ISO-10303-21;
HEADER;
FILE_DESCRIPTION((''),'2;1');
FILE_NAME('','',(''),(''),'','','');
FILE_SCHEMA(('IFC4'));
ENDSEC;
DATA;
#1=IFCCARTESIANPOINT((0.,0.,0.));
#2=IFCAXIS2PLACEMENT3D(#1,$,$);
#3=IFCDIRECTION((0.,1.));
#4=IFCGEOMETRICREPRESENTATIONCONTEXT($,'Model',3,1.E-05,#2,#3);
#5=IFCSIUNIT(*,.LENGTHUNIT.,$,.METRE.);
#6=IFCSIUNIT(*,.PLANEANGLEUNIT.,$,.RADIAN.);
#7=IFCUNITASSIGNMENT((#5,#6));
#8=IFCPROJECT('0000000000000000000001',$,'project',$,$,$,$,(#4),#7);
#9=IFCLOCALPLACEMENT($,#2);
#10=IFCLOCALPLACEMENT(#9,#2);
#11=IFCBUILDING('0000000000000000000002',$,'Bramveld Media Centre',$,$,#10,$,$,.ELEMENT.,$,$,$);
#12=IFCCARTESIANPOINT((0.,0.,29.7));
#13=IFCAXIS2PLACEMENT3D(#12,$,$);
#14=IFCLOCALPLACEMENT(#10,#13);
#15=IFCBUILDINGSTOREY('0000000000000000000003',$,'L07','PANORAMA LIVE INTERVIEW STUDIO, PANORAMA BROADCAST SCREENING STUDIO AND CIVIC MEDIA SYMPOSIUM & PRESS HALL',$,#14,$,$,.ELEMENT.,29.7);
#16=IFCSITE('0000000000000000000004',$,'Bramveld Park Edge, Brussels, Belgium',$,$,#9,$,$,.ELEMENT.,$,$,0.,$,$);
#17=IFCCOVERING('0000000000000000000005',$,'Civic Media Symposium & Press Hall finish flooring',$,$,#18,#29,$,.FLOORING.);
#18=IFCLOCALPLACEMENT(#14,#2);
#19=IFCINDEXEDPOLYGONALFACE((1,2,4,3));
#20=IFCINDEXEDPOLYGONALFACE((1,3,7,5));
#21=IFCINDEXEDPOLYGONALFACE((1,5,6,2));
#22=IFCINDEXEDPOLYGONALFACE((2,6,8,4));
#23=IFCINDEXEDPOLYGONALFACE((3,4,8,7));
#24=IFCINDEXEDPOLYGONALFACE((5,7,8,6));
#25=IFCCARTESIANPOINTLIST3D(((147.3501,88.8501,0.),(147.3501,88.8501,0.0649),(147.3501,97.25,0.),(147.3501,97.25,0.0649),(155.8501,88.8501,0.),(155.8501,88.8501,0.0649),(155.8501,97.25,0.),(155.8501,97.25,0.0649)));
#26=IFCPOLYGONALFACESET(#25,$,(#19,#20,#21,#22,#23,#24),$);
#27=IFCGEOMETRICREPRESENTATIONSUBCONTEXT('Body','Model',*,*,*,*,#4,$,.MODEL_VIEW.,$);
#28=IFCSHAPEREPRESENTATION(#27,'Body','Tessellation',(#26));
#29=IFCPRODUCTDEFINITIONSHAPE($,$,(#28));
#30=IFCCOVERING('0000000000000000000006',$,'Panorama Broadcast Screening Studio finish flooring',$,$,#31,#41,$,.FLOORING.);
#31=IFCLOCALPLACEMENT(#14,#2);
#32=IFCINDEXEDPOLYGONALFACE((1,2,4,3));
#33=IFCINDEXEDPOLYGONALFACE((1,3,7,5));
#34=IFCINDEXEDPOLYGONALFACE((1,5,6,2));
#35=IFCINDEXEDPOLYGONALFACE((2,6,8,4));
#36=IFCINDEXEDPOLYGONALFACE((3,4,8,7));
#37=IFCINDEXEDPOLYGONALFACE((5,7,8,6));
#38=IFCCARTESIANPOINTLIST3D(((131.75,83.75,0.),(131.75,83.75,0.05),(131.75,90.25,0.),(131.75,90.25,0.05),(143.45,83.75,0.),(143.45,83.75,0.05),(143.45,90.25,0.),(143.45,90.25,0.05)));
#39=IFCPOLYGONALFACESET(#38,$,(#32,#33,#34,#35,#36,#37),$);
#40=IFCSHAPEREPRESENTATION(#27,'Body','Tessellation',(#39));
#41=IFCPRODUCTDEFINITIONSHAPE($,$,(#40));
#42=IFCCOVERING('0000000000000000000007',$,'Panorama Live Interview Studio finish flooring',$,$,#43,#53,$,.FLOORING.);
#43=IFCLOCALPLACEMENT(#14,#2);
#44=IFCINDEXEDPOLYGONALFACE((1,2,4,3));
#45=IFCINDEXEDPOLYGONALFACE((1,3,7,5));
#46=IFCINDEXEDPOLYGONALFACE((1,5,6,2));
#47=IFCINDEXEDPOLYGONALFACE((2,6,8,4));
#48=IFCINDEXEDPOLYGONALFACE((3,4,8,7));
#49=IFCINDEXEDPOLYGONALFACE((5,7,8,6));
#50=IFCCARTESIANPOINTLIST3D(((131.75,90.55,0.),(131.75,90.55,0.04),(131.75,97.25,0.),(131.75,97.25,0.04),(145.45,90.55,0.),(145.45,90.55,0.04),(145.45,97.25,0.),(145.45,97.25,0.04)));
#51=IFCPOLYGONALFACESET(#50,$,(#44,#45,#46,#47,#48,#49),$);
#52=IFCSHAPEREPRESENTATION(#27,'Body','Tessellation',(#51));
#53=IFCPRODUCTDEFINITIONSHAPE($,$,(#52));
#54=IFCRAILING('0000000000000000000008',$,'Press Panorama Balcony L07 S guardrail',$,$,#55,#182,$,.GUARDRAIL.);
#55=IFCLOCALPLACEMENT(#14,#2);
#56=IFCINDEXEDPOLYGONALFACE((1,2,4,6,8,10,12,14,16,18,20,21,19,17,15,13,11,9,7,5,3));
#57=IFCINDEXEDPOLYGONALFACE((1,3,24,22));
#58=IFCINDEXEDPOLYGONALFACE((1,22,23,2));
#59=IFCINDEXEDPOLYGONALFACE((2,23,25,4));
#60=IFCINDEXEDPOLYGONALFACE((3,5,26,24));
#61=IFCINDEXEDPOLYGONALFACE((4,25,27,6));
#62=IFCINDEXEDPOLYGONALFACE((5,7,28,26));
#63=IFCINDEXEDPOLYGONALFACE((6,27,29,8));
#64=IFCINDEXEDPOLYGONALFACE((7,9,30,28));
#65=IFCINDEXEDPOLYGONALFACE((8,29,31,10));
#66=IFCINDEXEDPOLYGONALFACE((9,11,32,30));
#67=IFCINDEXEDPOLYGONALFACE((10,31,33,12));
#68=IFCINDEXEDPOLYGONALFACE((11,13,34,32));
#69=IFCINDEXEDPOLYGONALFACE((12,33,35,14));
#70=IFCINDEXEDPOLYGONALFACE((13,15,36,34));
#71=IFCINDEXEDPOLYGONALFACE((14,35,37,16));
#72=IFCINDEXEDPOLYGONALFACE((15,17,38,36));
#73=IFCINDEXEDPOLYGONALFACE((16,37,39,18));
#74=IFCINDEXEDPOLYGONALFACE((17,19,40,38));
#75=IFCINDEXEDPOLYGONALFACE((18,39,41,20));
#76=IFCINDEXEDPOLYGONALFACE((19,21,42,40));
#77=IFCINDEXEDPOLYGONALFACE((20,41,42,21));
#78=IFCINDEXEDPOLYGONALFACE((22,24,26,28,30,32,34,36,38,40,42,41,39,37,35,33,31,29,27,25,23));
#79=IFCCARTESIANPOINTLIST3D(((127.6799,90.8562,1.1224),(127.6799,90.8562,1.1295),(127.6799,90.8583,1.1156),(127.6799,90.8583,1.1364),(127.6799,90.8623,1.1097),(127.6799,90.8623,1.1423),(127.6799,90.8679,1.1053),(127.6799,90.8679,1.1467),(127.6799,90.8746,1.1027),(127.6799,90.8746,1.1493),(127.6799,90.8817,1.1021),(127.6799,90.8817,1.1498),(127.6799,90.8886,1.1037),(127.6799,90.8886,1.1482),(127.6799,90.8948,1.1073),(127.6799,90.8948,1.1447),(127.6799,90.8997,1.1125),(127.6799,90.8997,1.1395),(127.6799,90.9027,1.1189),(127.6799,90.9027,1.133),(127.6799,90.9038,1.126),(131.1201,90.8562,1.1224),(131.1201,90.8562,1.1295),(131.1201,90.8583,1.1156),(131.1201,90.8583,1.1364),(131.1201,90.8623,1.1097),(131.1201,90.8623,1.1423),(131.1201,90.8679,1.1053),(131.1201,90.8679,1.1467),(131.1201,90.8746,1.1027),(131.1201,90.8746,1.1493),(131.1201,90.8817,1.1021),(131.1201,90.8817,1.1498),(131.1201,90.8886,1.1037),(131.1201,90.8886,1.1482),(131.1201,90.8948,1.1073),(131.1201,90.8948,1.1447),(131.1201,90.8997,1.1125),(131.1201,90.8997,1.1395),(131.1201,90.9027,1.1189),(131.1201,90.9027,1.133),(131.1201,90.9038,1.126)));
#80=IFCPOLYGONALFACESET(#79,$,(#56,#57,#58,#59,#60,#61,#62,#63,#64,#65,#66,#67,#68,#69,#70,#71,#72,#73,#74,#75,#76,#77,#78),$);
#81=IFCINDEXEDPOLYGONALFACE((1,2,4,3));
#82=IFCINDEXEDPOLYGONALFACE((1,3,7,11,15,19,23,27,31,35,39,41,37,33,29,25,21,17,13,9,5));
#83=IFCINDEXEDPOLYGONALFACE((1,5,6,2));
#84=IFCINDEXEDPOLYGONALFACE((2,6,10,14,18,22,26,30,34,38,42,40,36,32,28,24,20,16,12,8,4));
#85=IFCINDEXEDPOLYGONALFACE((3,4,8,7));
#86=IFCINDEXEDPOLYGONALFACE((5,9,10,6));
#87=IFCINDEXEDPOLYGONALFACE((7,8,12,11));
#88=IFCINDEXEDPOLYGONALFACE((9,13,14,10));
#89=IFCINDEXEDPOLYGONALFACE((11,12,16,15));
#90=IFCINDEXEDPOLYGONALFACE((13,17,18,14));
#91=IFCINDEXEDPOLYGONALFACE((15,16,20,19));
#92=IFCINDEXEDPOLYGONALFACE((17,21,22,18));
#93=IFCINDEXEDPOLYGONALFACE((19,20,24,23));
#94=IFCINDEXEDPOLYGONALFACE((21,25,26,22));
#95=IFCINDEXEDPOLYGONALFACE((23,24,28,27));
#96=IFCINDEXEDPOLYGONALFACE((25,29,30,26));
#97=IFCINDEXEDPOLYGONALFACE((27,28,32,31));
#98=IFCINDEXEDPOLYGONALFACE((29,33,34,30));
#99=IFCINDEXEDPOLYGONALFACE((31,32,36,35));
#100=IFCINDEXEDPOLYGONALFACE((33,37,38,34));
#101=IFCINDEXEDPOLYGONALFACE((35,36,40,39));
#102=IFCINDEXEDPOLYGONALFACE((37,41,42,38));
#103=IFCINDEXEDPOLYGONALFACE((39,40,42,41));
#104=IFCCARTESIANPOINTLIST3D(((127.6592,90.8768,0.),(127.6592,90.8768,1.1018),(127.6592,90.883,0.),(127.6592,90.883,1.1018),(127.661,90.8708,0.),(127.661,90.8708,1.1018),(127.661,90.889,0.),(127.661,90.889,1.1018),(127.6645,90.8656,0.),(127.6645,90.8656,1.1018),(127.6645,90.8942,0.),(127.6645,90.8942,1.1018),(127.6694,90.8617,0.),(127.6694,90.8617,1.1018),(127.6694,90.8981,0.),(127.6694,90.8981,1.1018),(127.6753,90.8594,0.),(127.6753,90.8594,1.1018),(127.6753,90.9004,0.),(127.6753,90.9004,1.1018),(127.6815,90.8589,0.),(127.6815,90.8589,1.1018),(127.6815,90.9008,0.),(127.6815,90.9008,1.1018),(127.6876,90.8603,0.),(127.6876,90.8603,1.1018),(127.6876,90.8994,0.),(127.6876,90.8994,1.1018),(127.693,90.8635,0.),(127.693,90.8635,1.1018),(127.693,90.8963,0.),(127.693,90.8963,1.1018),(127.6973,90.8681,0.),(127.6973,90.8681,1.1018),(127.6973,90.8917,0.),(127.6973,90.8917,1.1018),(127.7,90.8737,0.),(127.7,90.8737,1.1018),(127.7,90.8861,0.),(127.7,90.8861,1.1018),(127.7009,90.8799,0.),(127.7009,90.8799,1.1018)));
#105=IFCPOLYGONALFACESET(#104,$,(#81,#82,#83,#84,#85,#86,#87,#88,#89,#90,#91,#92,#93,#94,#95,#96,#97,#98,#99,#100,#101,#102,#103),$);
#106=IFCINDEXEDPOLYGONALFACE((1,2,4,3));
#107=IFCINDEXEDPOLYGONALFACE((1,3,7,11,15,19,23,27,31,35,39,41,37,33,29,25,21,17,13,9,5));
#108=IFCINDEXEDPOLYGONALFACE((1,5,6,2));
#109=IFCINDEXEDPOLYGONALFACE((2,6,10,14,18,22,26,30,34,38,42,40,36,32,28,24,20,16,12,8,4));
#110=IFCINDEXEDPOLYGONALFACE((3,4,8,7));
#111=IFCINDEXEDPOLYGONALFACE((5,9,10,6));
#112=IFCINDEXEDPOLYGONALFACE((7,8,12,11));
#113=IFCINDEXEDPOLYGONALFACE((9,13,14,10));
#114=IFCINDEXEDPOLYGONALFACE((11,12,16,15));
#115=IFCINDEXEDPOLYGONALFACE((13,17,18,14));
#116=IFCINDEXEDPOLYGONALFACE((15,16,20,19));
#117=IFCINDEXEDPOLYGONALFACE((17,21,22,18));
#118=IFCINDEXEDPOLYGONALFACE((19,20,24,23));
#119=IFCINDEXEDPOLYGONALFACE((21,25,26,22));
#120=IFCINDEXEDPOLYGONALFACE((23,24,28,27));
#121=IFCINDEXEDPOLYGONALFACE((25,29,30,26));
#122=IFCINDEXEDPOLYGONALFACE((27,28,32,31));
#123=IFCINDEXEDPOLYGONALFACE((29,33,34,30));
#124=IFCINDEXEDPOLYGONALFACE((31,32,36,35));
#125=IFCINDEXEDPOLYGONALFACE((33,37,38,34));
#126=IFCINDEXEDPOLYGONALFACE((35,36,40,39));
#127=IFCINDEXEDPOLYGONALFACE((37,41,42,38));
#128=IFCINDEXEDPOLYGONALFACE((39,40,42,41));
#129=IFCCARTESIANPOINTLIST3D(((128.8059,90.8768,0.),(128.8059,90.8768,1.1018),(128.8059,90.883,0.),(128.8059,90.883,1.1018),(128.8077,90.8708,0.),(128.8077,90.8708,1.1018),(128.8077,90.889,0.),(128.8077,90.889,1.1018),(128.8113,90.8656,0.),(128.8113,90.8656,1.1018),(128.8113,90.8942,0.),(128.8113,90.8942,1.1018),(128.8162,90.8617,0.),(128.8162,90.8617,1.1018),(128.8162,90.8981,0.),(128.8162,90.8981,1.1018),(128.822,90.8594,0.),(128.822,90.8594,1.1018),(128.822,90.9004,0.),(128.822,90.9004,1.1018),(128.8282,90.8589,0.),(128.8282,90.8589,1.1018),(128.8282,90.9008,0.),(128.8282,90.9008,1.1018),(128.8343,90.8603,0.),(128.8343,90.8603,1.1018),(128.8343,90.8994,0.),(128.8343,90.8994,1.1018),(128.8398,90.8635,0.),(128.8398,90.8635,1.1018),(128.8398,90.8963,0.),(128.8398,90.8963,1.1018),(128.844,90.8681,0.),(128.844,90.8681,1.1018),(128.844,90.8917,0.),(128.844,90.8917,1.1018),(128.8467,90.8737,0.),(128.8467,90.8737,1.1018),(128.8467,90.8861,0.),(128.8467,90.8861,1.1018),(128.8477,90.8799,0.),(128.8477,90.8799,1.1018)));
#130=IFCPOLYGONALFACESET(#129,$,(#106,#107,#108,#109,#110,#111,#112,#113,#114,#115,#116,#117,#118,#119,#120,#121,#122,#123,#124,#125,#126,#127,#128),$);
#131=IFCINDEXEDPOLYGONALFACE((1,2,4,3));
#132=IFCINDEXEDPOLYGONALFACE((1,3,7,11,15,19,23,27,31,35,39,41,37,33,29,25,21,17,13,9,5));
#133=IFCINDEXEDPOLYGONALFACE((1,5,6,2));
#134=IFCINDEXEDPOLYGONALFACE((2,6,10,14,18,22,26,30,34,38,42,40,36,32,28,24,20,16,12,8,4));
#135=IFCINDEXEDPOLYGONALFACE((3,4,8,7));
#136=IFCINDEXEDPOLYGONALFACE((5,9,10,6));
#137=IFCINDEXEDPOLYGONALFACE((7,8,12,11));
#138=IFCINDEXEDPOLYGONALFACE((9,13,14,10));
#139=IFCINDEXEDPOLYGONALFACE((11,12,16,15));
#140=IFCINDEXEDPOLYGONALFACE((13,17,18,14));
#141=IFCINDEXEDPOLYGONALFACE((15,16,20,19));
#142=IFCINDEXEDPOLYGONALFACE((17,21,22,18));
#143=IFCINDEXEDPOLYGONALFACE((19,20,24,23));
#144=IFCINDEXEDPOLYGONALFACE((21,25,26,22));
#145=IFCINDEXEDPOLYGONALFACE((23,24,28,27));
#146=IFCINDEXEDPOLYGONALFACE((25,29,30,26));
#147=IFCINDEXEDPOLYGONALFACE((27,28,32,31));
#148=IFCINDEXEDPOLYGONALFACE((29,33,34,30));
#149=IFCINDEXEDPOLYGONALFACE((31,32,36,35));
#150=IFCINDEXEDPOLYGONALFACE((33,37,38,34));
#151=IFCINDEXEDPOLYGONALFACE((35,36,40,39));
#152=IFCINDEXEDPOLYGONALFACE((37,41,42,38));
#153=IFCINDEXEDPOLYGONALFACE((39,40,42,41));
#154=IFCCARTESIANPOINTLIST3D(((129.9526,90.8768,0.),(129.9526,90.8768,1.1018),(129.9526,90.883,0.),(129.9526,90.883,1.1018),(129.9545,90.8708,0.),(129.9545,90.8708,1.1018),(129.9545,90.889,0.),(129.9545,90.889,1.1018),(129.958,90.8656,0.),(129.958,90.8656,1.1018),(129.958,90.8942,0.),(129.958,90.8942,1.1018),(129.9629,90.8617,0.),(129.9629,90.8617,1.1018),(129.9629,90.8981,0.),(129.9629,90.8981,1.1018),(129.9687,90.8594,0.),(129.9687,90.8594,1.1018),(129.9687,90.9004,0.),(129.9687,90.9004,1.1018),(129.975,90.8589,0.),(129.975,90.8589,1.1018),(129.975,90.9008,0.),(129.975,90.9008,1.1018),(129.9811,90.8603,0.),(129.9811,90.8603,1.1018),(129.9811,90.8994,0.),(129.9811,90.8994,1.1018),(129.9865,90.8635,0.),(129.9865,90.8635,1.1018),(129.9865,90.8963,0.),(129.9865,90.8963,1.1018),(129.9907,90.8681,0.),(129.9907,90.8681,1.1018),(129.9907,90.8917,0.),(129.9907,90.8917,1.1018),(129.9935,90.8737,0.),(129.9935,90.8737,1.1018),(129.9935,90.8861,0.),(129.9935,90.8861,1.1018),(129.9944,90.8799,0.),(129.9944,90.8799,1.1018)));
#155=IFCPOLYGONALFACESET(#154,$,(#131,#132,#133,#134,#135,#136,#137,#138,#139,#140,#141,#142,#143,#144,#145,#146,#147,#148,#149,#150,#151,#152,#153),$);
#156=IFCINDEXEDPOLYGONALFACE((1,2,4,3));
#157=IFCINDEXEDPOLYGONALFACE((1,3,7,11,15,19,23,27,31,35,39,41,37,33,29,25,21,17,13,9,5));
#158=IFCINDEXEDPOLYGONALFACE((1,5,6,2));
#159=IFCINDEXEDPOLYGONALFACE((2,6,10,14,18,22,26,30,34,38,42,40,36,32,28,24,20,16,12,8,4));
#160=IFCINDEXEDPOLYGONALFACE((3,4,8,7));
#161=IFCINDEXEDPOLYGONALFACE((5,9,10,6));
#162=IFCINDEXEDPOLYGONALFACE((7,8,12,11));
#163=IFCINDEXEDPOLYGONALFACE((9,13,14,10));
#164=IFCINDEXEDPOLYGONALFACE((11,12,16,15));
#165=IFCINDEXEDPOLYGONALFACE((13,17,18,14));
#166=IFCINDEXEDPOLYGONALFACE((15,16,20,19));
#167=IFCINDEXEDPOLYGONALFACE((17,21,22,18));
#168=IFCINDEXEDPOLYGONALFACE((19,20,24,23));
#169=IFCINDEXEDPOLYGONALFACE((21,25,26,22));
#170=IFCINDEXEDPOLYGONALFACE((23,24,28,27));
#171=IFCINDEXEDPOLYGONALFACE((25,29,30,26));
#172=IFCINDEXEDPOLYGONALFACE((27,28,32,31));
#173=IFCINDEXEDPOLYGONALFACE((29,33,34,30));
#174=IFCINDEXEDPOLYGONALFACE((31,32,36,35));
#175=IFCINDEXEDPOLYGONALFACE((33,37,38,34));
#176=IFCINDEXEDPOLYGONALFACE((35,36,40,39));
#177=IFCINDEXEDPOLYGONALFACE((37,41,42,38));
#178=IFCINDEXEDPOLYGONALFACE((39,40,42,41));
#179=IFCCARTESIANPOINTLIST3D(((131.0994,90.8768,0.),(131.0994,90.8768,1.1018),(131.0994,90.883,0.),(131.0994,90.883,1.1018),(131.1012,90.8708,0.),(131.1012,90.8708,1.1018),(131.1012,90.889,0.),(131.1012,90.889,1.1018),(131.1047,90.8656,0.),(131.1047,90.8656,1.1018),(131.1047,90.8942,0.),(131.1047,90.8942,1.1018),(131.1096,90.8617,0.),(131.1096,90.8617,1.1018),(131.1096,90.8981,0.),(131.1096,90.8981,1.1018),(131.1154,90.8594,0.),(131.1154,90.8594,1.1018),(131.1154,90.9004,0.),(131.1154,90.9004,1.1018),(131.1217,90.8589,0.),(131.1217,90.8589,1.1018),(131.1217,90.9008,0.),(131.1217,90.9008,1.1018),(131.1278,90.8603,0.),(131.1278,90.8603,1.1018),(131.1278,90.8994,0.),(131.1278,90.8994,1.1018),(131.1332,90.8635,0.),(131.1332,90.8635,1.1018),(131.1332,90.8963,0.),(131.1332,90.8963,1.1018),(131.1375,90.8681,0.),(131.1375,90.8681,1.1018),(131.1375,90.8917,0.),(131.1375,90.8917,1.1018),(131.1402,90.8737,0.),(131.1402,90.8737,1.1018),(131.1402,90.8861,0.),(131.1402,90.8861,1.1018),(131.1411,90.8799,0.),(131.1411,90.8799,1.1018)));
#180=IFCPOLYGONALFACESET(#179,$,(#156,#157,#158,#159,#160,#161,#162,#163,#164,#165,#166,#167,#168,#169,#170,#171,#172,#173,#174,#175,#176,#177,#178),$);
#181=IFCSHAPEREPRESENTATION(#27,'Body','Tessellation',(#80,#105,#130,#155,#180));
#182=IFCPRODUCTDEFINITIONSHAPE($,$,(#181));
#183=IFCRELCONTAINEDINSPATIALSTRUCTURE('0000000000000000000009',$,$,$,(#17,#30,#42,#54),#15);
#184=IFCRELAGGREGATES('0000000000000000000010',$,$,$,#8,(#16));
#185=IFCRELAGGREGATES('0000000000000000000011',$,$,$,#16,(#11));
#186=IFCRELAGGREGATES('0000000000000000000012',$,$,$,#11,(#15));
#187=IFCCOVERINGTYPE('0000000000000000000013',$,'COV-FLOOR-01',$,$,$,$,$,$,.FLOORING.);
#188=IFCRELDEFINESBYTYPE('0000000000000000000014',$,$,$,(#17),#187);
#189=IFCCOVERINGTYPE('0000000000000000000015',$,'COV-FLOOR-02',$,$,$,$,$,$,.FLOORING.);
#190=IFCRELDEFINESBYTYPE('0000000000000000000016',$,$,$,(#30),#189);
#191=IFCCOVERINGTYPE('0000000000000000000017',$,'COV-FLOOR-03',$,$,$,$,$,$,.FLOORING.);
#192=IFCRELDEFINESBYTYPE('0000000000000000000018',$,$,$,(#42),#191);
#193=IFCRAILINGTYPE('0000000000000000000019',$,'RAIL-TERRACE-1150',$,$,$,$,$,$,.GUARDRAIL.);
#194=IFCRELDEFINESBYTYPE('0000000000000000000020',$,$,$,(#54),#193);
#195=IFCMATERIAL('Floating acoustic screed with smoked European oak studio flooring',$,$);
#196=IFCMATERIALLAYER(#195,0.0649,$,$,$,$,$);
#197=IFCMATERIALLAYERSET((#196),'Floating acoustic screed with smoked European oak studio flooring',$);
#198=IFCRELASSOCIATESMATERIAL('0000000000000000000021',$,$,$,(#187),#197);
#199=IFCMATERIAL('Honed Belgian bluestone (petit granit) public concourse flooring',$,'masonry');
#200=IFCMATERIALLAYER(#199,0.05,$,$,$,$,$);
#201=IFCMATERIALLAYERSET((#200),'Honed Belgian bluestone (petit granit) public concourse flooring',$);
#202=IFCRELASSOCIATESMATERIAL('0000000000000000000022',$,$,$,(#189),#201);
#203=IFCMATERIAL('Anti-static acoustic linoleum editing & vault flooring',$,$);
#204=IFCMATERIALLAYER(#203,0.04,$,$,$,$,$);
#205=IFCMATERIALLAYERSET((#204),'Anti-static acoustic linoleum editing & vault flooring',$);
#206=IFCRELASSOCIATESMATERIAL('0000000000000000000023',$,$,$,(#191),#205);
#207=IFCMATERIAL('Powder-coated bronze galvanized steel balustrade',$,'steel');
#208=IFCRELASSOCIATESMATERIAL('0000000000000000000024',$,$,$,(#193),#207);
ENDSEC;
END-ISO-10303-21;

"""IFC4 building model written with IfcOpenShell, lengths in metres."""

from ifc_helpers import new_model, si_unit, direction, frame, origin, origin_2d, place, context, subcontext, project, spatial, polyline, circle, outline, extrude, material, layer, layer_set, type_object, element, save


model = new_model("IFC4")

# Units and contexts
model_context = context("Model", 3, precision=1e-05, world=origin(), true_north=direction((0.0, 1.0)))
body_context = subcontext(model_context, "Body", "Model", "MODEL_VIEW")
ifc_project = project(units=[si_unit("LENGTHUNIT", "METRE"), si_unit("PLANEANGLEUNIT", "RADIAN")], contexts=[model_context])

# Site, building, storey
site_placement = place(None, origin())
site = spatial("IfcSite", under=ifc_project, at=site_placement, Name="Bramveld Park Edge, Brussels, Belgium", CompositionType="ELEMENT", RefElevation=0.0)
building_placement = place(site_placement, origin())
building = spatial("IfcBuilding", under=site, at=building_placement, Name="Bramveld Media Centre", CompositionType="ELEMENT")
storey_placement = place(building_placement, frame((0.0, 0.0, 29.7)))
storey = spatial("IfcBuildingStorey", under=building, at=storey_placement, Name="L07", Description="PANORAMA LIVE INTERVIEW STUDIO, PANORAMA BROADCAST SCREENING STUDIO AND CIVIC MEDIA SYMPOSIUM & PRESS HALL", CompositionType="ELEMENT", Elevation=29.7)

# Coverings
ifc_material_1 = material(Name="Floating acoustic screed with smoked European oak studio flooring")
ifc_layer_1 = layer(ifc_material_1, 0.0649)
ifc_layer_set_1 = layer_set([ifc_layer_1], Name="Floating acoustic screed with smoked European oak studio flooring")
covering_type_1 = type_object("IfcCoveringType", Name="COV-FLOOR-01", PredefinedType="FLOORING", material=ifc_layer_set_1)
covering_1_placement = place(storey_placement, origin())
element("IfcCovering", 1, at=covering_1_placement, inside=storey, type_object=covering_type_1, Name="Civic Media Symposium & Press Hall finish flooring", PredefinedType="FLOORING", context=body_context, shape_type="SweptSolid", body=[
    extrude(outline(polyline([(147.3501, 88.8501), (155.8501, 88.8501), (155.8501, 97.25), (147.3501, 97.25), (147.3501, 88.8501)])), origin(), (0.0, 0.0, 1.0), 0.0649),
])
ifc_material_2 = material(Name="Honed Belgian bluestone (petit granit) public concourse flooring", Category="masonry")
ifc_layer_2 = layer(ifc_material_2, 0.05)
ifc_layer_set_2 = layer_set([ifc_layer_2], Name="Honed Belgian bluestone (petit granit) public concourse flooring")
covering_type_2 = type_object("IfcCoveringType", Name="COV-FLOOR-02", PredefinedType="FLOORING", material=ifc_layer_set_2)
covering_2_placement = place(storey_placement, origin())
element("IfcCovering", 2, at=covering_2_placement, inside=storey, type_object=covering_type_2, Name="Panorama Broadcast Screening Studio finish flooring", PredefinedType="FLOORING", context=body_context, shape_type="SweptSolid", body=[
    extrude(outline(polyline([(131.75, 83.75), (143.45, 83.75), (143.45, 90.25), (131.75, 90.25), (131.75, 83.75)])), origin(), (0.0, 0.0, 1.0), 0.05),
])
ifc_material_3 = material(Name="Anti-static acoustic linoleum editing & vault flooring")
ifc_layer_3 = layer(ifc_material_3, 0.04)
ifc_layer_set_3 = layer_set([ifc_layer_3], Name="Anti-static acoustic linoleum editing & vault flooring")
covering_type_3 = type_object("IfcCoveringType", Name="COV-FLOOR-03", PredefinedType="FLOORING", material=ifc_layer_set_3)
covering_3_placement = place(storey_placement, origin())
element("IfcCovering", 3, at=covering_3_placement, inside=storey, type_object=covering_type_3, Name="Panorama Live Interview Studio finish flooring", PredefinedType="FLOORING", context=body_context, shape_type="SweptSolid", body=[
    extrude(outline(polyline([(131.75, 90.55), (145.45, 90.55), (145.45, 97.25), (131.75, 97.25), (131.75, 90.55)])), origin(), (0.0, 0.0, 1.0), 0.04),
])

# Railing
ifc_material_4 = material(Name="Powder-coated bronze galvanized steel balustrade", Category="steel")
railing_type = type_object("IfcRailingType", Name="RAIL-TERRACE-1150", PredefinedType="GUARDRAIL", material=ifc_material_4)
railing_1_placement = place(storey_placement, frame((127.6799, 90.8799, 0.0)))
element("IfcRailing", 4, at=railing_1_placement, inside=storey, type_object=railing_type, Name="Press Panorama Balcony L07 S guardrail", PredefinedType="GUARDRAIL", context=body_context, shape_type="SweptSolid", body=[
    extrude(circle(Radius=0.0239, at=origin_2d()), frame((0.0, 0.0, 1.126), z_axis=(1.0, 0.0, 0.0), x_axis=(0.0, 1.0, 0.0)), (0.0, 0.0, 1.0), 3.4402),
    extrude(circle(Radius=0.021, at=origin_2d()), origin(), (0.0, 0.0, 1.0), 1.1018),
    extrude(circle(Radius=0.021, at=origin_2d()), frame((1.1467, 0.0, 0.0)), (0.0, 0.0, 1.0), 1.1018),
    extrude(circle(Radius=0.021, at=origin_2d()), frame((2.2935, 0.0, 0.0)), (0.0, 0.0, 1.0), 1.1018),
    extrude(circle(Radius=0.021, at=origin_2d()), frame((3.4402, 0.0, 0.0)), (0.0, 0.0, 1.0), 1.1018),
])

save(model, "model.ifc")
